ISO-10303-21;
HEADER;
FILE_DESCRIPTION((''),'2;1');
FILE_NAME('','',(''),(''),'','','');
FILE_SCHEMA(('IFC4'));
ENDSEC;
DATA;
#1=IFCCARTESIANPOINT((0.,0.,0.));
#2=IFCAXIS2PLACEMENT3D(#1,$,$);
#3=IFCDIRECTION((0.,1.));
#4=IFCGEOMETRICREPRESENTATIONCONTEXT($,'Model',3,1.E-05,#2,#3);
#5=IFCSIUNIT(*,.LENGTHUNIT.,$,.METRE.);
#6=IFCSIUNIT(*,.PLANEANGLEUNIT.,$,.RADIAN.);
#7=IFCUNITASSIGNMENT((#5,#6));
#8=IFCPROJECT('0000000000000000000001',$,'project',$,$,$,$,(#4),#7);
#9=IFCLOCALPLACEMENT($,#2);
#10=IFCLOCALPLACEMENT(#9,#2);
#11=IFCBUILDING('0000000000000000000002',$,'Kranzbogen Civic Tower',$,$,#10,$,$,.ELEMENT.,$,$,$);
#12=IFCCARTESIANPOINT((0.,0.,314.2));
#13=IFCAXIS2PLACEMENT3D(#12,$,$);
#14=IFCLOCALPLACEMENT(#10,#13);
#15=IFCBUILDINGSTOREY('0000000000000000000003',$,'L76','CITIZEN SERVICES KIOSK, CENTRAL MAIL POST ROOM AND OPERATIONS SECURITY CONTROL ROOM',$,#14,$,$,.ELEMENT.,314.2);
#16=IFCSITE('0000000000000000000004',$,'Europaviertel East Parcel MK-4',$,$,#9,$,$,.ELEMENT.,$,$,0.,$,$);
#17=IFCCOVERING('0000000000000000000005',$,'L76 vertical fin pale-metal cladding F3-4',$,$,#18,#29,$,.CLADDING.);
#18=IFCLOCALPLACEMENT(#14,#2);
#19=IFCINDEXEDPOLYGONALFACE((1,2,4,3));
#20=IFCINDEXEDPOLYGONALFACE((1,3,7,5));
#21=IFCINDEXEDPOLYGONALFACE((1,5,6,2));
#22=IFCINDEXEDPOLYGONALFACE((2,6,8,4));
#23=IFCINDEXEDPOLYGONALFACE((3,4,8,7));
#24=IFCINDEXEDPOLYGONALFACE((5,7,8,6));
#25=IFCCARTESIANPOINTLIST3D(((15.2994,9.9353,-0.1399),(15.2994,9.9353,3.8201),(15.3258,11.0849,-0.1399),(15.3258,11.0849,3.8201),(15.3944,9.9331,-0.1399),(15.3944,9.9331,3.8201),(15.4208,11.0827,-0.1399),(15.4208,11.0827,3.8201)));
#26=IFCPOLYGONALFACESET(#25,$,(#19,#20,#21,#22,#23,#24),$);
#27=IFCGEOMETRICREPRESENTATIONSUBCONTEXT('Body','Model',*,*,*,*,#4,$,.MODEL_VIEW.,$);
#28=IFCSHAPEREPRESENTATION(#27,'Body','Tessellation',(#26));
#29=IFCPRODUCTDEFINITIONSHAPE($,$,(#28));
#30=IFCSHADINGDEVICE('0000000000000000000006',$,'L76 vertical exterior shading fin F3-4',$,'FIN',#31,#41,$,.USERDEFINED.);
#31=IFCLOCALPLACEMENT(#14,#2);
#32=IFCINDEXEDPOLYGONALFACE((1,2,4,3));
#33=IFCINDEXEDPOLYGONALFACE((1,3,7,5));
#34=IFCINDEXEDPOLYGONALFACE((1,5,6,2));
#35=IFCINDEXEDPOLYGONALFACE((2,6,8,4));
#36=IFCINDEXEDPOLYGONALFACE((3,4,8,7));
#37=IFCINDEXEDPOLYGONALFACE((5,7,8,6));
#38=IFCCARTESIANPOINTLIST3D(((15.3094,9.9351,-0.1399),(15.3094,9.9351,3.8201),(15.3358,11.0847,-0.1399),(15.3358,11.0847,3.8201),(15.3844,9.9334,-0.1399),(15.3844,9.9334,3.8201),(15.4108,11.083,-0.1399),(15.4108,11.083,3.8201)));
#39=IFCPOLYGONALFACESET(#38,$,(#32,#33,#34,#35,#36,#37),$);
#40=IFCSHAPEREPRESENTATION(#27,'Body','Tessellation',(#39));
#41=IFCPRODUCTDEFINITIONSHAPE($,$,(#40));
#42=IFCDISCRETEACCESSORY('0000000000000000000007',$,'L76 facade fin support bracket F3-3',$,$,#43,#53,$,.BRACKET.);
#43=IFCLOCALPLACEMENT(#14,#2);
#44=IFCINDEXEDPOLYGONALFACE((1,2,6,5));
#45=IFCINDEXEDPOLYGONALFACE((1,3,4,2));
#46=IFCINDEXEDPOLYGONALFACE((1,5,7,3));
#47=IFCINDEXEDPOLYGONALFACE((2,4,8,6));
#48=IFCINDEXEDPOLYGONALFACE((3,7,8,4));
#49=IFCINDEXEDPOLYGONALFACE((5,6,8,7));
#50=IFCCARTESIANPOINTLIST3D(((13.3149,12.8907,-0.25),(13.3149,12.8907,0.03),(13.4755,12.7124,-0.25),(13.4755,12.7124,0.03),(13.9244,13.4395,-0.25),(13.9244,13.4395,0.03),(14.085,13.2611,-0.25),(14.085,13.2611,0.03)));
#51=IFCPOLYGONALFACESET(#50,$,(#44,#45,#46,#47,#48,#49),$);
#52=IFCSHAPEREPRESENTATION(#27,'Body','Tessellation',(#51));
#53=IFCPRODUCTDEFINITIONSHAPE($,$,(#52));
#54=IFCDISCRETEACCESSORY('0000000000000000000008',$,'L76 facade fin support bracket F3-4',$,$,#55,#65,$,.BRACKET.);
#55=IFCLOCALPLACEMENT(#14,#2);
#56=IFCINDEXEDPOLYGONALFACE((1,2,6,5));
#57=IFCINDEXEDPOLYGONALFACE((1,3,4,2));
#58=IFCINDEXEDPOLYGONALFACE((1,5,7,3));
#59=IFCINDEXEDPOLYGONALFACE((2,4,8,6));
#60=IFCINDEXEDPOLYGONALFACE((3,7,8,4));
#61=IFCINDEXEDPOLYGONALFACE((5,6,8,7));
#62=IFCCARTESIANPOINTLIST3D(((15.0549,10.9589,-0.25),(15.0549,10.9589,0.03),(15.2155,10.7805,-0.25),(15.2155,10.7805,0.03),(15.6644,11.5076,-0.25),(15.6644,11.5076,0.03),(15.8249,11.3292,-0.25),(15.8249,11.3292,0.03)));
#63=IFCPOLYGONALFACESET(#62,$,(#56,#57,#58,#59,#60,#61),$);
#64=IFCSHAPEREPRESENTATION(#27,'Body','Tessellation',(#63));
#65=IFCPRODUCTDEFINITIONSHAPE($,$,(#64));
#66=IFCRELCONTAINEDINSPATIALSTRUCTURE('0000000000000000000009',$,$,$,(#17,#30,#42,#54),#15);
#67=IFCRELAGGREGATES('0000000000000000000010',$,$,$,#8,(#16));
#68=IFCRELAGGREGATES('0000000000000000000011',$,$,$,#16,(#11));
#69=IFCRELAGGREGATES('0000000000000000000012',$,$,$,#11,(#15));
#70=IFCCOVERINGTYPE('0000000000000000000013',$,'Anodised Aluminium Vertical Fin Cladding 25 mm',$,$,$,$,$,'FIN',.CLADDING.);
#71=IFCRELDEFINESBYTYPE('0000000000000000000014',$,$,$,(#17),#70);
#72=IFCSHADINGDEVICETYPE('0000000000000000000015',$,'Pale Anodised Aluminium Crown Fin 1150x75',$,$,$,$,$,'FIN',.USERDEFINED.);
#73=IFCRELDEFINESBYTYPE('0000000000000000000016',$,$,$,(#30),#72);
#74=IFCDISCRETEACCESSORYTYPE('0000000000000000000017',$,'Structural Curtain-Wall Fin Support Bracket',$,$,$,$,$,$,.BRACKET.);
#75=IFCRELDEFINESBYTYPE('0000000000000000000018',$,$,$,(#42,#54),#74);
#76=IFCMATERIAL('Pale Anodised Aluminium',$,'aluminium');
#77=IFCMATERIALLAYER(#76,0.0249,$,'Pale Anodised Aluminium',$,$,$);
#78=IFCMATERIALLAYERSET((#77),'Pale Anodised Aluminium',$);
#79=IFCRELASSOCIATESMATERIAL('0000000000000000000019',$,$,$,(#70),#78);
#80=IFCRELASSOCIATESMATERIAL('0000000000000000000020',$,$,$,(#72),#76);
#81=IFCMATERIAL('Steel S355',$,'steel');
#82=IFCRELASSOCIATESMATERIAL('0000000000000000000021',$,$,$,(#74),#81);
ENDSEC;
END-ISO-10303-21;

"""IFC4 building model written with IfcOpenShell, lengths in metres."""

from ifc_helpers import new_model, si_unit, direction, frame, origin, origin_2d, place, context, subcontext, project, spatial, rectangle, extrude, material, layer, layer_set, type_object, element, save


model = new_model("IFC4")

# Units and contexts
model_context = context("Model", 3, precision=1e-05, world=origin(), true_north=direction((0.0, 1.0)))
body_context = subcontext(model_context, "Body", "Model", "MODEL_VIEW")
ifc_project = project(units=[si_unit("LENGTHUNIT", "METRE"), si_unit("PLANEANGLEUNIT", "RADIAN")], contexts=[model_context])

# Site, building, storey
site_placement = place(None, origin())
site = spatial("IfcSite", under=ifc_project, at=site_placement, Name="Europaviertel East Parcel MK-4", CompositionType="ELEMENT", RefElevation=0.0)
building_placement = place(site_placement, origin())
building = spatial("IfcBuilding", under=site, at=building_placement, Name="Kranzbogen Civic Tower", CompositionType="ELEMENT")
storey_placement = place(building_placement, frame((0.0, 0.0, 314.2)))
storey = spatial("IfcBuildingStorey", under=building, at=storey_placement, Name="L76", Description="CITIZEN SERVICES KIOSK, CENTRAL MAIL POST ROOM AND OPERATIONS SECURITY CONTROL ROOM", CompositionType="ELEMENT", Elevation=314.2)

# Shared definitions
ifc_material_1 = material(Name="Steel S355", Category="steel")

# Shared definitions
ifc_material_2 = material(Name="Pale Anodised Aluminium", Category="aluminium")

# Covering
ifc_layer_1 = layer(ifc_material_2, 0.0249, Name="Pale Anodised Aluminium")
ifc_layer_set_1 = layer_set([ifc_layer_1], Name="Pale Anodised Aluminium")
covering_type = type_object("IfcCoveringType", Name="Anodised Aluminium Vertical Fin Cladding 25 mm", ElementType="FIN", PredefinedType="CLADDING", material=ifc_layer_set_1)
covering_placement = place(storey_placement, frame((15.3601, 10.509, -0.1399), z_axis=(0.0, 0.0, 1.0), x_axis=(-0.022949, -0.999737, 0.0)))
element("IfcCovering", 1, at=covering_placement, inside=storey, type_object=covering_type, Name="L76 vertical fin pale-metal cladding F3-4", PredefinedType="CLADDING", context=body_context, shape_type="SweptSolid", body=[
    extrude(rectangle(XDim=1.1499, YDim=0.095, at=origin_2d()), origin(), (0.0, 0.0, 1.0), 3.96),
])

# Shading device
shading_device_type = type_object("IfcShadingDeviceType", Name="Pale Anodised Aluminium Crown Fin 1150x75", ElementType="FIN", PredefinedType="USERDEFINED", material=ifc_material_2)
shading_device_placement = place(storey_placement, frame((15.3601, 10.509, -0.1399), z_axis=(0.0, 0.0, 1.0), x_axis=(-0.022949, -0.999737, 0.0)))
element("IfcShadingDevice", 2, at=shading_device_placement, inside=storey, type_object=shading_device_type, Name="L76 vertical exterior shading fin F3-4", ObjectType="FIN", PredefinedType="USERDEFINED", context=body_context, shape_type="SweptSolid", body=[
    extrude(rectangle(XDim=1.1499, YDim=0.075, at=origin_2d()), origin(), (0.0, 0.0, 1.0), 3.96),
])

# Discrete accessories
discrete_accessory_type = type_object("IfcDiscreteAccessoryType", Name="Structural Curtain-Wall Fin Support Bracket", PredefinedType="BRACKET", material=ifc_material_1)
for number, where, z_axis, x_axis, name in (
    (3, (13.7, 13.0759, -0.25), (0.0, 0.0, 1.0), (-0.743145, -0.669131, 0.0), "L76 facade fin support bracket F3-3"),
    (4, (15.4399, 11.144, -0.25), (0.0, 0.0, 1.0), (-0.743145, -0.669131, 0.0), "L76 facade fin support bracket F3-4"),
):
    element("IfcDiscreteAccessory", number, at=place(storey_placement, frame(where, z_axis=z_axis, x_axis=x_axis)), inside=storey, type_object=discrete_accessory_type, Name=name, PredefinedType="BRACKET", context=body_context, shape_type="SweptSolid", body=[
        extrude(rectangle(XDim=0.8201, YDim=0.24, at=origin_2d()), origin(), (0.0, 0.0, 1.0), 0.28),
    ])

save(model, "model.ifc")
